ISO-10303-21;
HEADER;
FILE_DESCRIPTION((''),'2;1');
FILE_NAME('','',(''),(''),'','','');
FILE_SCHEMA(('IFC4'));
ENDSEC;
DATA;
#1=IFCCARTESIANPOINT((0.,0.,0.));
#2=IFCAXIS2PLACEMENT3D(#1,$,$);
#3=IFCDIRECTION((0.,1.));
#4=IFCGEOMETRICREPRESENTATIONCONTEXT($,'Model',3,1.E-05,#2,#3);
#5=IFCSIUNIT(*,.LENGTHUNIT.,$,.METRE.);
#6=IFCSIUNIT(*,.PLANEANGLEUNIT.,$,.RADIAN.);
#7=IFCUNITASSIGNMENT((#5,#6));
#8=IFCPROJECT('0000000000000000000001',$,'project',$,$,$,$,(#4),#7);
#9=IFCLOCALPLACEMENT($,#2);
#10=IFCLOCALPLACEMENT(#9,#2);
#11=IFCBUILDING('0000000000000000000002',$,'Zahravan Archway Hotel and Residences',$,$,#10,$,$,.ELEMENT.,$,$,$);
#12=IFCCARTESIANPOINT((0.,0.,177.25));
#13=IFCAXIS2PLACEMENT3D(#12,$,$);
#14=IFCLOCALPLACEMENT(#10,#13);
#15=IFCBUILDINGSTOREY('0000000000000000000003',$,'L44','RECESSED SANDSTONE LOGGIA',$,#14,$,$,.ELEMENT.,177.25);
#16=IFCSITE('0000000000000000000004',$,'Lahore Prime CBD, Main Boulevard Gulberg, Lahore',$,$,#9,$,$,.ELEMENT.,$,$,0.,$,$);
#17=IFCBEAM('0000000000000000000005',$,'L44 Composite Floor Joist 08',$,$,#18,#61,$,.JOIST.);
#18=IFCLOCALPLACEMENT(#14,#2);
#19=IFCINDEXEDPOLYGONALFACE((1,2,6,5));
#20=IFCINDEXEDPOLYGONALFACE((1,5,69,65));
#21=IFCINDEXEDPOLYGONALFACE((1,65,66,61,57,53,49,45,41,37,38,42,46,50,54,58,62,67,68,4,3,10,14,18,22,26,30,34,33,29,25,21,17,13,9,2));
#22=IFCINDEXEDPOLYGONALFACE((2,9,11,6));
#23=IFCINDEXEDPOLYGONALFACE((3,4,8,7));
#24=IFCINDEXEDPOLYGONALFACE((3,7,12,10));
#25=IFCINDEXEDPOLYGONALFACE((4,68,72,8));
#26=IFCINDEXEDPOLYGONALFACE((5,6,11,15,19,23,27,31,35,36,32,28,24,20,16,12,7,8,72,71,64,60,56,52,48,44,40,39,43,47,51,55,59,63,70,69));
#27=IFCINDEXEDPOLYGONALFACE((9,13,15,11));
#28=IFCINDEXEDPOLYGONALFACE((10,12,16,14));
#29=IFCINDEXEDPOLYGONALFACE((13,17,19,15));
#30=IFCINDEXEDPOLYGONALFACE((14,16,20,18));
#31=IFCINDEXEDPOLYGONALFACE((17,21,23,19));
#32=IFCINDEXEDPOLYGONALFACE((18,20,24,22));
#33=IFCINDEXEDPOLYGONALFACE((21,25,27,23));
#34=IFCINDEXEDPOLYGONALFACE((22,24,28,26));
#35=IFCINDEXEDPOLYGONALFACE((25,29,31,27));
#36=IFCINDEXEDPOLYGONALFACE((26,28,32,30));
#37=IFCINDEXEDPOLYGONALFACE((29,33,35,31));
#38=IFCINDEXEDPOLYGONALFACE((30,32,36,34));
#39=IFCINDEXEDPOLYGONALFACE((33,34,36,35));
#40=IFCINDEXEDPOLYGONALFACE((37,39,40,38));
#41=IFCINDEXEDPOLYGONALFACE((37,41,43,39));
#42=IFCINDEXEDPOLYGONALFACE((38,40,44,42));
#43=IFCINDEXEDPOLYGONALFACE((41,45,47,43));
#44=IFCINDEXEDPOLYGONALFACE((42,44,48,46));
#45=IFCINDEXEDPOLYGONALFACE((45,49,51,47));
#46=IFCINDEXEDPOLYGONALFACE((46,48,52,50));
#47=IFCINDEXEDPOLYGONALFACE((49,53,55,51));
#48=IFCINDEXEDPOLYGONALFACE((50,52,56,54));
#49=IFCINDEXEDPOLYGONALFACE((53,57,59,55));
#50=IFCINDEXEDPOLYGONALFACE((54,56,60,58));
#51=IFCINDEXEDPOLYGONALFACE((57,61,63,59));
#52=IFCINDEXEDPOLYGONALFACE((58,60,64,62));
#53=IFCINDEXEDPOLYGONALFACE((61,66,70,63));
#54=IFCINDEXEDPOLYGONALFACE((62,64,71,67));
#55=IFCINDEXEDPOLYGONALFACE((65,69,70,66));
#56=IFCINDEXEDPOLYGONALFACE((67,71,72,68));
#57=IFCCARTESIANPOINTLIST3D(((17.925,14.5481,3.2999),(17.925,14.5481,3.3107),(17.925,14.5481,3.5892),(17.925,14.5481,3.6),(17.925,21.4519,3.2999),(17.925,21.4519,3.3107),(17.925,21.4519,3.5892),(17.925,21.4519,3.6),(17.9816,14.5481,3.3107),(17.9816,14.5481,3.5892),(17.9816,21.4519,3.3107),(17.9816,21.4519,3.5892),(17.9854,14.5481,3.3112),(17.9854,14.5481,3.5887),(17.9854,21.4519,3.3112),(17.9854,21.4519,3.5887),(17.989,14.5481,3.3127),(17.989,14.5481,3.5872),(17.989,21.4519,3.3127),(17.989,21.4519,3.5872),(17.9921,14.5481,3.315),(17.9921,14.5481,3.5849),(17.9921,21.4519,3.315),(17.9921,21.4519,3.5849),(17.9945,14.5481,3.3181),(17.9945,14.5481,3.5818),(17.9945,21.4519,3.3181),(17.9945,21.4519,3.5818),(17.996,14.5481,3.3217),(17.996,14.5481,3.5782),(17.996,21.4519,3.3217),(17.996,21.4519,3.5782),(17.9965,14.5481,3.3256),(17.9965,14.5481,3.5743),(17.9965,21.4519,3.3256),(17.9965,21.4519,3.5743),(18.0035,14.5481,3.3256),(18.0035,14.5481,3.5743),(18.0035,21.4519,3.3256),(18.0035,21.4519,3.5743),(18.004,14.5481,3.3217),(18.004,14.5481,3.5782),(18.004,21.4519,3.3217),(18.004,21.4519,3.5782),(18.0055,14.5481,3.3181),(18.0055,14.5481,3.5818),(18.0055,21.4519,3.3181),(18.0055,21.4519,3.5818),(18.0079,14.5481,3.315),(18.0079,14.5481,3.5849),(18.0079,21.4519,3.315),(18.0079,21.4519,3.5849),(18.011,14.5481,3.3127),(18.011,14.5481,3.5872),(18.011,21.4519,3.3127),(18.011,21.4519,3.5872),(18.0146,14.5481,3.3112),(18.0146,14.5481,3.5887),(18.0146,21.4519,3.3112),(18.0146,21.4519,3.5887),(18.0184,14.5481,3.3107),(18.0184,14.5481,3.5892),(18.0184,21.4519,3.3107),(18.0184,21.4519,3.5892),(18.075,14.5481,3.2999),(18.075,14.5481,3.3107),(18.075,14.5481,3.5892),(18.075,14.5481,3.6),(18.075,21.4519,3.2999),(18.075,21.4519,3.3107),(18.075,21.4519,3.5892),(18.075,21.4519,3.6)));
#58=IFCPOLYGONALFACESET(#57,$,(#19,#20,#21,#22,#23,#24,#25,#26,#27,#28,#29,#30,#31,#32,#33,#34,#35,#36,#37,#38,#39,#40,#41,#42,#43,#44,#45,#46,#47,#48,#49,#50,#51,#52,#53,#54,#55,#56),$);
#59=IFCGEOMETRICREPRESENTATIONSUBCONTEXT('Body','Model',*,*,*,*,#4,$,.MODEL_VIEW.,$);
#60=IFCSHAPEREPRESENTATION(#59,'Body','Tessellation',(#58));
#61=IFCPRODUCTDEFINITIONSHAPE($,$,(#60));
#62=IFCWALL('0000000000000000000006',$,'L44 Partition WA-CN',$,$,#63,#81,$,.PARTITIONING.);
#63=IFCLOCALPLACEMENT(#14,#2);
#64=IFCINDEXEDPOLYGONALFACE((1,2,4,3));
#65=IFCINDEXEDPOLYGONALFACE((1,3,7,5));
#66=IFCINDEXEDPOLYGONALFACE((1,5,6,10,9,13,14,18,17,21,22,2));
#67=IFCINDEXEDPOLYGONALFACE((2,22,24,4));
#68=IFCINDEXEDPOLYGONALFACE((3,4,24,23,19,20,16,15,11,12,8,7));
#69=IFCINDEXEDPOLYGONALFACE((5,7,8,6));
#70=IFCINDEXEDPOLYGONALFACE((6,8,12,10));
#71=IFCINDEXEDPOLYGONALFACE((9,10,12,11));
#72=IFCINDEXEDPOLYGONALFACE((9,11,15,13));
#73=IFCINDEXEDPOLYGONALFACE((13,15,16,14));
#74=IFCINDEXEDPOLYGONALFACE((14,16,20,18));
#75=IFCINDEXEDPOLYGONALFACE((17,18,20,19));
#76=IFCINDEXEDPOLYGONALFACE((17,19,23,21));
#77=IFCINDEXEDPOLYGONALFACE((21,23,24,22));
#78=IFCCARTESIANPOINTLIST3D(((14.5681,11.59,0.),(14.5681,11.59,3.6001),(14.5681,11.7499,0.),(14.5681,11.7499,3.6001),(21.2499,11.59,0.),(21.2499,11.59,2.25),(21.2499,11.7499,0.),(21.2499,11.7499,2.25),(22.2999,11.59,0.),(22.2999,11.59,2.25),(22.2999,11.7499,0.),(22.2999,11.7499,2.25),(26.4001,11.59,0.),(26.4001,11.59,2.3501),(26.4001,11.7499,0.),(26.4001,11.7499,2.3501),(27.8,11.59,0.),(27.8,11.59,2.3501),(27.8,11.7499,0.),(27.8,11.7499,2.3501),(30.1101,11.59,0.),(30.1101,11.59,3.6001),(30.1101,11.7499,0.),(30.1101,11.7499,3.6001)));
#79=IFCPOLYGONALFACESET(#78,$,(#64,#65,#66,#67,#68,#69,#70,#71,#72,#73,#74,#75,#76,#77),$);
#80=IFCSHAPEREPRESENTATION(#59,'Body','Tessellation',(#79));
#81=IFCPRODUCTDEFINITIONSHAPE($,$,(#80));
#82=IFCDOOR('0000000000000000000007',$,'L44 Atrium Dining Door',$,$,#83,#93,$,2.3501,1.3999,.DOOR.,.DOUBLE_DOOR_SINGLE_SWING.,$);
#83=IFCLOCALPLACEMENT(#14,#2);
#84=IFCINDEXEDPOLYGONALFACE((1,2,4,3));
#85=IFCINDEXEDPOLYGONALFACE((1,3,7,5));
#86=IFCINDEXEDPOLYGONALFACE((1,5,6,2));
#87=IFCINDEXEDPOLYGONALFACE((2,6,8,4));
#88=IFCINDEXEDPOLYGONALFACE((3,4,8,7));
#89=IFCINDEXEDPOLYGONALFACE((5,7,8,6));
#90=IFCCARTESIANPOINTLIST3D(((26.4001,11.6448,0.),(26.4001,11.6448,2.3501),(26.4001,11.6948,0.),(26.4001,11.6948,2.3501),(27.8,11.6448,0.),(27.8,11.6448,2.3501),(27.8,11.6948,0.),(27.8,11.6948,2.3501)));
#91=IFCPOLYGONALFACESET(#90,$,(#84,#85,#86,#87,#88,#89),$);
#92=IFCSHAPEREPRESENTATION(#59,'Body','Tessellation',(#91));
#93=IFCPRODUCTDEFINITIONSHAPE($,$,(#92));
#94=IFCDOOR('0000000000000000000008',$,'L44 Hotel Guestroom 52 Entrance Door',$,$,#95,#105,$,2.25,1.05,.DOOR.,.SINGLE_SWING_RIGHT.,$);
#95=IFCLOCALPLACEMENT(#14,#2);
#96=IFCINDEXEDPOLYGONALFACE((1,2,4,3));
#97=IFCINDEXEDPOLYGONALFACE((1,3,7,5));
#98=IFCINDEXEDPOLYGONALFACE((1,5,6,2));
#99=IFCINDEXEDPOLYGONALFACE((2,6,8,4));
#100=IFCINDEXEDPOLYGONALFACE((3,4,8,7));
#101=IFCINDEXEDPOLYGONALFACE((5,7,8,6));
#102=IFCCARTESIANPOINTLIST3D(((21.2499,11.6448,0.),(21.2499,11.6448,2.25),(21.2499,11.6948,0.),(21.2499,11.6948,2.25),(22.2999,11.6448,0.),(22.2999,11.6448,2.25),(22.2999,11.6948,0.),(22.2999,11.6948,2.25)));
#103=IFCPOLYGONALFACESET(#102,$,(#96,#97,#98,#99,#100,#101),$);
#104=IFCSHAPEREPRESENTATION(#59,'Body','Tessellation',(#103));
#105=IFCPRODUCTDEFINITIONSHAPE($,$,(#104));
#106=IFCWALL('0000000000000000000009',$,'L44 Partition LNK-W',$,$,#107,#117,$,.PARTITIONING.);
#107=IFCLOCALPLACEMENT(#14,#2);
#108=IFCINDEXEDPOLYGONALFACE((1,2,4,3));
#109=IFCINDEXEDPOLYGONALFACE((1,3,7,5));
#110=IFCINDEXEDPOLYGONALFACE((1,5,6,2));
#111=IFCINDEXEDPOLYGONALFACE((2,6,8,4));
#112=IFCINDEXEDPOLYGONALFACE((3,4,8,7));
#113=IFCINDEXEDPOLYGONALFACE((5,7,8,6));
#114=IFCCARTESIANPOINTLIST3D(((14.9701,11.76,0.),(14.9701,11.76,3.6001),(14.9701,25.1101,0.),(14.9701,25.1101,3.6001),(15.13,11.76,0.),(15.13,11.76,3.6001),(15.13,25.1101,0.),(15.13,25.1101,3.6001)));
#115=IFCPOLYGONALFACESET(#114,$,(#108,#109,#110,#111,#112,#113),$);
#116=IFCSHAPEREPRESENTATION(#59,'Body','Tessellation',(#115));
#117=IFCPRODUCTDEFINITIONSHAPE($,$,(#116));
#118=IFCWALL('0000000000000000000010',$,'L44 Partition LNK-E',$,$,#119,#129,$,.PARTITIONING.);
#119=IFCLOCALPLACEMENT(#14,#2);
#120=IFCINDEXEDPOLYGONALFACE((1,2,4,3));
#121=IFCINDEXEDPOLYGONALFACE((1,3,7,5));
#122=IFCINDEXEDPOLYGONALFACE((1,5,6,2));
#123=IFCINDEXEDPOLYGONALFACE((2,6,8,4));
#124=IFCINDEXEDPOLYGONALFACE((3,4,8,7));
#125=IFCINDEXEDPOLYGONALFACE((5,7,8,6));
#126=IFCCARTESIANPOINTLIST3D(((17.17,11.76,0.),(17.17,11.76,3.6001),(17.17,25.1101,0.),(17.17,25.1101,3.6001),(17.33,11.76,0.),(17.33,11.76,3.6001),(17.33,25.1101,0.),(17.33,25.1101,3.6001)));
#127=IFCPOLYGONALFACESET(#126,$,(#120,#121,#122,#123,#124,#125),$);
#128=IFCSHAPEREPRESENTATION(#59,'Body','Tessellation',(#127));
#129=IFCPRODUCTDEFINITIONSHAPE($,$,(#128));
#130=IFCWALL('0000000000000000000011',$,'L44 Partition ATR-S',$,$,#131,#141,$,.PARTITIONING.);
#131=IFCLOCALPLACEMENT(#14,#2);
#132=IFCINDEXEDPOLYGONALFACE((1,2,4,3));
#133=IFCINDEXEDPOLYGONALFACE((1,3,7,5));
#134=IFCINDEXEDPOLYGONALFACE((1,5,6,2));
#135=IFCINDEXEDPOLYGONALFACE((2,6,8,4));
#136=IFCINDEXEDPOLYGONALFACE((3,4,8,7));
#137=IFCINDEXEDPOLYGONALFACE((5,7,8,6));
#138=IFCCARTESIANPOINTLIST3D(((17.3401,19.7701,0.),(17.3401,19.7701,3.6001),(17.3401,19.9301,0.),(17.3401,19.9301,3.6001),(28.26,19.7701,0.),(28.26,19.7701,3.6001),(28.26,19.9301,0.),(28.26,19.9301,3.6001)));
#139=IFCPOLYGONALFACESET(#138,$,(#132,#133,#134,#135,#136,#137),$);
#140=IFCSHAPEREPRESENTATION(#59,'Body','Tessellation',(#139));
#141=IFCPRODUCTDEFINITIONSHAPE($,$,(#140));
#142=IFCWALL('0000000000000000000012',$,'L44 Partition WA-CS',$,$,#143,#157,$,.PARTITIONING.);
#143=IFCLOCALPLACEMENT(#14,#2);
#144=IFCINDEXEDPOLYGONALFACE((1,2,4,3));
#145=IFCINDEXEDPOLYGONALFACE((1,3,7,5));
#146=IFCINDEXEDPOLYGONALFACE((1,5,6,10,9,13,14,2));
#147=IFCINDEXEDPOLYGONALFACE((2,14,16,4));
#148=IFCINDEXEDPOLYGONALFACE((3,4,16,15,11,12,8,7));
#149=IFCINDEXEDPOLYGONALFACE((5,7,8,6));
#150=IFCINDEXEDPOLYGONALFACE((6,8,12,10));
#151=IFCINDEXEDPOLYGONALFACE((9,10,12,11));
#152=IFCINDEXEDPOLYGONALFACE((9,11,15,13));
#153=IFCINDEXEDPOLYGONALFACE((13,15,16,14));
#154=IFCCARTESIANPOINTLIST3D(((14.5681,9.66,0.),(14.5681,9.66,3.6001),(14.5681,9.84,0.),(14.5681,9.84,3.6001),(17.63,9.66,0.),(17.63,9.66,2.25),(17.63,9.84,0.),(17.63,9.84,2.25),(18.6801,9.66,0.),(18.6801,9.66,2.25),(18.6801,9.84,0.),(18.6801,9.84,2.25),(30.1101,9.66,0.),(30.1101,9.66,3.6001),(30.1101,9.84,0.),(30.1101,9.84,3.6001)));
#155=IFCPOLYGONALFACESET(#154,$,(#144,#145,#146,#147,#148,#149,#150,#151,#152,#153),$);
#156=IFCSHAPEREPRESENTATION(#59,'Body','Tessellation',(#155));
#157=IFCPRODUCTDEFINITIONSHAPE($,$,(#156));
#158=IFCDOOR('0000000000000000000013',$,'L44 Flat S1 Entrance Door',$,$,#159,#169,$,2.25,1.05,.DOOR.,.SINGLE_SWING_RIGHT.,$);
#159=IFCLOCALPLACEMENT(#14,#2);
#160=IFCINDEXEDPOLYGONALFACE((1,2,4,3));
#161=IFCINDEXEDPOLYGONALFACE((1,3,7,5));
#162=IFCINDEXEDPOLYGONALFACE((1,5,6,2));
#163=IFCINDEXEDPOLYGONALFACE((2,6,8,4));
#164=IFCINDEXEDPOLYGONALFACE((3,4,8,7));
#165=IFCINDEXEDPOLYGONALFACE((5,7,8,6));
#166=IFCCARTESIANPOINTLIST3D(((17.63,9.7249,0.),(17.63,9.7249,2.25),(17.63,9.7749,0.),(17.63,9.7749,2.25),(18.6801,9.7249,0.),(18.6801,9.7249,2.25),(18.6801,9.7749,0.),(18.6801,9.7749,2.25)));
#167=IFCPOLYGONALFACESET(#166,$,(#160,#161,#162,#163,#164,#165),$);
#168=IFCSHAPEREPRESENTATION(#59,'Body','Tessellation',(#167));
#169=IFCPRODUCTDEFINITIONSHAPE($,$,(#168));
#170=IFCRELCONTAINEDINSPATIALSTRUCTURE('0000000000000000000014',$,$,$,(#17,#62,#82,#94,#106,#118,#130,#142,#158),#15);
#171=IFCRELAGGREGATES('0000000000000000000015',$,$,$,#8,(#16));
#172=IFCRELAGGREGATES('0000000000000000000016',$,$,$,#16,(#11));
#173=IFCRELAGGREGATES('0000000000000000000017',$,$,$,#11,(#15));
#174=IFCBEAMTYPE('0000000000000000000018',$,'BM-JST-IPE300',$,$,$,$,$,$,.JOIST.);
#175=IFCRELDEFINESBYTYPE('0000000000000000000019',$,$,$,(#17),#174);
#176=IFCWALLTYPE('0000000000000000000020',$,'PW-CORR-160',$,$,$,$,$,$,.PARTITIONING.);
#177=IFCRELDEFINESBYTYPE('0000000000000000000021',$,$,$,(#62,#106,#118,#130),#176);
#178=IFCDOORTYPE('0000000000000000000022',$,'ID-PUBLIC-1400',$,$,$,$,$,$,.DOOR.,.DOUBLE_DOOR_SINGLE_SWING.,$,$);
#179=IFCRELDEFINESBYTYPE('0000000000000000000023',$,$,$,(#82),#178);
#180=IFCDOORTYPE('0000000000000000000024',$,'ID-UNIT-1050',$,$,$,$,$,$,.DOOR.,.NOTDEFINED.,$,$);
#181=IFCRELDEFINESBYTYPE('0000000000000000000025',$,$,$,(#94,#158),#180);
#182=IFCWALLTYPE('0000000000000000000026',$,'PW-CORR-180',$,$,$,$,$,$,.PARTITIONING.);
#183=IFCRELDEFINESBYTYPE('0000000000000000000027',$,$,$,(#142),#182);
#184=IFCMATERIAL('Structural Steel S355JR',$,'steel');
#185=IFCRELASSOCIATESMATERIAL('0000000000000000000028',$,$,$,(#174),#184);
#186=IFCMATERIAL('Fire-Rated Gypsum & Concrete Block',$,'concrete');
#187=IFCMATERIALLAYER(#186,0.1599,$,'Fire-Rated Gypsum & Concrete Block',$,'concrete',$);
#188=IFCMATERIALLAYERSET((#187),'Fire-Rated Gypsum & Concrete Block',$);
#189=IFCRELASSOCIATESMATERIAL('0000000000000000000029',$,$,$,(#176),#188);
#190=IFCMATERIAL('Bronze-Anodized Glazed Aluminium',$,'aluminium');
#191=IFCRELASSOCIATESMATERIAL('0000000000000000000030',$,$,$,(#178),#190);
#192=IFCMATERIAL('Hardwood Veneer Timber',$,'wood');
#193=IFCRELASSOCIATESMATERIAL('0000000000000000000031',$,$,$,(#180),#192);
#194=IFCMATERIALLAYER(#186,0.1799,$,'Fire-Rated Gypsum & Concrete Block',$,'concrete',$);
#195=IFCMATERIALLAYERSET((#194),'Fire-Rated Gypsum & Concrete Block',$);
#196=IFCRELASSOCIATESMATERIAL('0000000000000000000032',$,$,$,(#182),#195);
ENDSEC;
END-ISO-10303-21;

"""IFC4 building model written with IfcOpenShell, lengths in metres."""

from ifc_helpers import new_model, si_unit, direction, frame, frame_2d, origin, origin_2d, place, context, subcontext, project, spatial, rectangle, i_section, extrude, source, transform, mapped, material, layer, layer_set, material_profile, profile_set, type_object, type_shapes, element, fill, save


model = new_model("IFC4")

# Units and contexts
model_context = context("Model", 3, precision=1e-05, world=origin(), true_north=direction((0.0, 1.0)))
body_context = subcontext(model_context, "Body", "Model", "MODEL_VIEW")
ifc_project = project(units=[si_unit("LENGTHUNIT", "METRE"), si_unit("PLANEANGLEUNIT", "RADIAN")], contexts=[model_context])

# Site, building, storey
site_placement = place(None, origin())
site = spatial("IfcSite", under=ifc_project, at=site_placement, Name="Lahore Prime CBD, Main Boulevard Gulberg, Lahore", CompositionType="ELEMENT", RefElevation=0.0)
building_placement = place(site_placement, origin())
building = spatial("IfcBuilding", under=site, at=building_placement, Name="Zahravan Archway Hotel and Residences", CompositionType="ELEMENT")
storey_placement = place(building_placement, frame((0.0, 0.0, 177.25)))
storey = spatial("IfcBuildingStorey", under=building, at=storey_placement, Name="L44", Description="RECESSED SANDSTONE LOGGIA", CompositionType="ELEMENT", Elevation=177.25)

# Beam
ifc_material_1 = material(Name="Structural Steel S355JR", Category="steel")
ifc_material_profile_1 = material_profile(ifc_material_1, i_section(OverallWidth=0.1499, OverallDepth=0.3, WebThickness=0.0071, FlangeThickness=0.0107, FilletRadius=0.0149, at=origin_2d()), Name="IPE 300", Category="steel")
ifc_profile_set_1 = profile_set([ifc_material_profile_1], Name="Structural Steel S355JR")
beam_type_1 = type_object("IfcBeamType", Name="BM-JST-IPE300", PredefinedType="JOIST", material=ifc_profile_set_1)
shared_shape_1 = source(origin(), body_context, "Body", "SweptSolid", [
    extrude(i_section(OverallWidth=0.1499, OverallDepth=0.3, WebThickness=0.0071, FlangeThickness=0.0107, FilletRadius=0.0149, at=origin_2d()), origin(), (0.0, 0.0, 1.0), 6.9038),
])
beam_1_placement = place(storey_placement, frame((18.0, 14.5481, 3.45), z_axis=(0.0, 1.0, 0.0), x_axis=(-1.0, 0.0, 0.0)))
element("IfcBeam", 1, at=beam_1_placement, inside=storey, type_object=beam_type_1, Name="L44 Composite Floor Joist 08", PredefinedType="JOIST", context=body_context, shape_type="MappedRepresentation", body=[
    mapped(shared_shape_1, transform((0.0, 0.0, 0.0), scale=1.0)),
])

# Wall, openings, doors
ifc_material_2 = material(Name="Fire-Rated Gypsum & Concrete Block", Category="concrete")
ifc_layer_1 = layer(ifc_material_2, 0.1599, Name="Fire-Rated Gypsum & Concrete Block", Category="concrete")
ifc_layer_set_1 = layer_set([ifc_layer_1], Name="Fire-Rated Gypsum & Concrete Block")
wall_type_1 = type_object("IfcWallType", Name="PW-CORR-160", PredefinedType="PARTITIONING", material=ifc_layer_set_1)
wall_1_placement = place(storey_placement, frame((14.5681, 11.6699, 0.0), z_axis=(0.0, 0.0, 1.0), x_axis=(1.0, 0.0, 0.0)))
wall_1 = element("IfcWall", 2, at=wall_1_placement, inside=storey, type_object=wall_type_1, Name="L44 Partition WA-CN", PredefinedType="PARTITIONING", context=body_context, shape_type="SweptSolid", body=[
    extrude(rectangle(XDim=15.542, YDim=0.1599, at=frame_2d((7.771, 0.0))), origin(), (0.0, 0.0, 1.0), 3.6001),
])
opening_1_placement = place(wall_1_placement, frame((6.6819, 0.0, 0.0)))
opening_1 = element("IfcOpeningElement", 3, at=opening_1_placement, cuts=wall_1, PredefinedType="OPENING", context=body_context, shape_type="SweptSolid", body=[
    extrude(rectangle(XDim=1.05, YDim=2.25, at=frame_2d((0.5249, 1.125))), frame((0.0, 0.0898, 0.0), z_axis=(0.0, -1.0, 0.0), x_axis=(1.0, 0.0, 0.0)), (0.0, 0.0, 1.0), 0.1799),
])
opening_2_placement = place(wall_1_placement, frame((11.832, 0.0, 0.0)))
opening_2 = element("IfcOpeningElement", 4, at=opening_2_placement, cuts=wall_1, PredefinedType="OPENING", context=body_context, shape_type="SweptSolid", body=[
    extrude(rectangle(XDim=1.3999, YDim=2.3501, at=frame_2d((0.7, 1.175))), frame((0.0, 0.0898, 0.0), z_axis=(0.0, -1.0, 0.0), x_axis=(1.0, 0.0, 0.0)), (0.0, 0.0, 1.0), 0.1799),
])
ifc_material_3 = material(Name="Bronze-Anodized Glazed Aluminium", Category="aluminium")
door_type_1 = type_object("IfcDoorType", Name="ID-PUBLIC-1400", OperationType="DOUBLE_DOOR_SINGLE_SWING", PredefinedType="DOOR", material=ifc_material_3)
shared_shape_2 = source(origin(), body_context, "Body", "SweptSolid", [
    extrude(rectangle(XDim=1.3999, YDim=2.3501, at=frame_2d((0.7, 1.175))), frame((0.0, 0.0249, 0.0), z_axis=(0.0, -1.0, 0.0), x_axis=(1.0, 0.0, 0.0)), (0.0, 0.0, 1.0), 0.05),
])
type_shapes(door_type_1, [shared_shape_2])
door_1_placement = place(opening_2_placement, origin())
door_1 = element("IfcDoor", 5, at=door_1_placement, inside=storey, type_object=door_type_1, Name="L44 Atrium Dining Door", OperationType="DOUBLE_DOOR_SINGLE_SWING", OverallHeight=2.3501, OverallWidth=1.3999, PredefinedType="DOOR", context=body_context, shape_type="MappedRepresentation", body=[
    mapped(shared_shape_2, transform((0.0, 0.0, 0.0), scale=1.0)),
])
fill(opening_2, door_1)
ifc_material_4 = material(Name="Hardwood Veneer Timber", Category="wood")
door_type_2 = type_object("IfcDoorType", Name="ID-UNIT-1050", OperationType="NOTDEFINED", PredefinedType="DOOR", material=ifc_material_4)
shared_shape_3 = source(origin(), body_context, "Body", "SweptSolid", [
    extrude(rectangle(XDim=1.05, YDim=2.25, at=frame_2d((0.5249, 1.125))), frame((0.0, 0.0249, 0.0), z_axis=(0.0, -1.0, 0.0), x_axis=(1.0, 0.0, 0.0)), (0.0, 0.0, 1.0), 0.05),
])
type_shapes(door_type_2, [shared_shape_3])
door_2_placement = place(opening_1_placement, origin())
door_2 = element("IfcDoor", 6, at=door_2_placement, inside=storey, type_object=door_type_2, Name="L44 Hotel Guestroom 52 Entrance Door", OperationType="SINGLE_SWING_RIGHT", OverallHeight=2.25, OverallWidth=1.05, PredefinedType="DOOR", context=body_context, shape_type="MappedRepresentation", body=[
    mapped(shared_shape_3, transform((0.0, 0.0, 0.0), scale=1.0)),
])
fill(opening_1, door_2)

# Walls
for number, where, z_axis, x_axis, name in (
    (7, (15.05, 11.76, 0.0), (0.0, 0.0, 1.0), (0.0, 1.0, 0.0), "L44 Partition LNK-W"),
    (8, (17.25, 11.76, 0.0), (0.0, 0.0, 1.0), (0.0, 1.0, 0.0), "L44 Partition LNK-E"),
):
    element("IfcWall", number, at=place(storey_placement, frame(where, z_axis=z_axis, x_axis=x_axis)), inside=storey, type_object=wall_type_1, Name=name, PredefinedType="PARTITIONING", context=body_context, shape_type="SweptSolid", body=[
        extrude(rectangle(XDim=13.3501, YDim=0.1599, at=frame_2d((6.675, 0.0))), origin(), (0.0, 0.0, 1.0), 3.6001),
    ])
wall_2_placement = place(storey_placement, frame((17.3401, 19.8501, 0.0), z_axis=(0.0, 0.0, 1.0), x_axis=(1.0, 0.0, 0.0)))
element("IfcWall", 9, at=wall_2_placement, inside=storey, type_object=wall_type_1, Name="L44 Partition ATR-S", PredefinedType="PARTITIONING", context=body_context, shape_type="SweptSolid", body=[
    extrude(rectangle(XDim=10.9199, YDim=0.1599, at=frame_2d((5.46, 0.0))), origin(), (0.0, 0.0, 1.0), 3.6001),
])

# Wall, opening, door
ifc_layer_2 = layer(ifc_material_2, 0.1799, Name="Fire-Rated Gypsum & Concrete Block", Category="concrete")
ifc_layer_set_2 = layer_set([ifc_layer_2], Name="Fire-Rated Gypsum & Concrete Block")
wall_type_2 = type_object("IfcWallType", Name="PW-CORR-180", PredefinedType="PARTITIONING", material=ifc_layer_set_2)
wall_3_placement = place(storey_placement, frame((14.5681, 9.75, 0.0), z_axis=(0.0, 0.0, 1.0), x_axis=(1.0, 0.0, 0.0)))
wall_3 = element("IfcWall", 10, at=wall_3_placement, inside=storey, type_object=wall_type_2, Name="L44 Partition WA-CS", PredefinedType="PARTITIONING", context=body_context, shape_type="SweptSolid", body=[
    extrude(rectangle(XDim=15.542, YDim=0.1799, at=frame_2d((7.771, 0.0))), origin(), (0.0, 0.0, 1.0), 3.6001),
])
opening_3_placement = place(wall_3_placement, frame((3.062, 0.0, 0.0)))
opening_3 = element("IfcOpeningElement", 11, at=opening_3_placement, cuts=wall_3, PredefinedType="OPENING", context=body_context, shape_type="SweptSolid", body=[
    extrude(rectangle(XDim=1.05, YDim=2.25, at=frame_2d((0.5249, 1.125))), frame((0.0, 0.1001, 0.0), z_axis=(0.0, -1.0, 0.0), x_axis=(1.0, 0.0, 0.0)), (0.0, 0.0, 1.0), 0.2),
])
door_3_placement = place(opening_3_placement, origin())
door_3 = element("IfcDoor", 12, at=door_3_placement, inside=storey, type_object=door_type_2, Name="L44 Flat S1 Entrance Door", OperationType="SINGLE_SWING_RIGHT", OverallHeight=2.25, OverallWidth=1.05, PredefinedType="DOOR", context=body_context, shape_type="MappedRepresentation", body=[
    mapped(shared_shape_3, transform((0.0, 0.0, 0.0), scale=1.0)),
])
fill(opening_3, door_3)

save(model, "model.ifc")
